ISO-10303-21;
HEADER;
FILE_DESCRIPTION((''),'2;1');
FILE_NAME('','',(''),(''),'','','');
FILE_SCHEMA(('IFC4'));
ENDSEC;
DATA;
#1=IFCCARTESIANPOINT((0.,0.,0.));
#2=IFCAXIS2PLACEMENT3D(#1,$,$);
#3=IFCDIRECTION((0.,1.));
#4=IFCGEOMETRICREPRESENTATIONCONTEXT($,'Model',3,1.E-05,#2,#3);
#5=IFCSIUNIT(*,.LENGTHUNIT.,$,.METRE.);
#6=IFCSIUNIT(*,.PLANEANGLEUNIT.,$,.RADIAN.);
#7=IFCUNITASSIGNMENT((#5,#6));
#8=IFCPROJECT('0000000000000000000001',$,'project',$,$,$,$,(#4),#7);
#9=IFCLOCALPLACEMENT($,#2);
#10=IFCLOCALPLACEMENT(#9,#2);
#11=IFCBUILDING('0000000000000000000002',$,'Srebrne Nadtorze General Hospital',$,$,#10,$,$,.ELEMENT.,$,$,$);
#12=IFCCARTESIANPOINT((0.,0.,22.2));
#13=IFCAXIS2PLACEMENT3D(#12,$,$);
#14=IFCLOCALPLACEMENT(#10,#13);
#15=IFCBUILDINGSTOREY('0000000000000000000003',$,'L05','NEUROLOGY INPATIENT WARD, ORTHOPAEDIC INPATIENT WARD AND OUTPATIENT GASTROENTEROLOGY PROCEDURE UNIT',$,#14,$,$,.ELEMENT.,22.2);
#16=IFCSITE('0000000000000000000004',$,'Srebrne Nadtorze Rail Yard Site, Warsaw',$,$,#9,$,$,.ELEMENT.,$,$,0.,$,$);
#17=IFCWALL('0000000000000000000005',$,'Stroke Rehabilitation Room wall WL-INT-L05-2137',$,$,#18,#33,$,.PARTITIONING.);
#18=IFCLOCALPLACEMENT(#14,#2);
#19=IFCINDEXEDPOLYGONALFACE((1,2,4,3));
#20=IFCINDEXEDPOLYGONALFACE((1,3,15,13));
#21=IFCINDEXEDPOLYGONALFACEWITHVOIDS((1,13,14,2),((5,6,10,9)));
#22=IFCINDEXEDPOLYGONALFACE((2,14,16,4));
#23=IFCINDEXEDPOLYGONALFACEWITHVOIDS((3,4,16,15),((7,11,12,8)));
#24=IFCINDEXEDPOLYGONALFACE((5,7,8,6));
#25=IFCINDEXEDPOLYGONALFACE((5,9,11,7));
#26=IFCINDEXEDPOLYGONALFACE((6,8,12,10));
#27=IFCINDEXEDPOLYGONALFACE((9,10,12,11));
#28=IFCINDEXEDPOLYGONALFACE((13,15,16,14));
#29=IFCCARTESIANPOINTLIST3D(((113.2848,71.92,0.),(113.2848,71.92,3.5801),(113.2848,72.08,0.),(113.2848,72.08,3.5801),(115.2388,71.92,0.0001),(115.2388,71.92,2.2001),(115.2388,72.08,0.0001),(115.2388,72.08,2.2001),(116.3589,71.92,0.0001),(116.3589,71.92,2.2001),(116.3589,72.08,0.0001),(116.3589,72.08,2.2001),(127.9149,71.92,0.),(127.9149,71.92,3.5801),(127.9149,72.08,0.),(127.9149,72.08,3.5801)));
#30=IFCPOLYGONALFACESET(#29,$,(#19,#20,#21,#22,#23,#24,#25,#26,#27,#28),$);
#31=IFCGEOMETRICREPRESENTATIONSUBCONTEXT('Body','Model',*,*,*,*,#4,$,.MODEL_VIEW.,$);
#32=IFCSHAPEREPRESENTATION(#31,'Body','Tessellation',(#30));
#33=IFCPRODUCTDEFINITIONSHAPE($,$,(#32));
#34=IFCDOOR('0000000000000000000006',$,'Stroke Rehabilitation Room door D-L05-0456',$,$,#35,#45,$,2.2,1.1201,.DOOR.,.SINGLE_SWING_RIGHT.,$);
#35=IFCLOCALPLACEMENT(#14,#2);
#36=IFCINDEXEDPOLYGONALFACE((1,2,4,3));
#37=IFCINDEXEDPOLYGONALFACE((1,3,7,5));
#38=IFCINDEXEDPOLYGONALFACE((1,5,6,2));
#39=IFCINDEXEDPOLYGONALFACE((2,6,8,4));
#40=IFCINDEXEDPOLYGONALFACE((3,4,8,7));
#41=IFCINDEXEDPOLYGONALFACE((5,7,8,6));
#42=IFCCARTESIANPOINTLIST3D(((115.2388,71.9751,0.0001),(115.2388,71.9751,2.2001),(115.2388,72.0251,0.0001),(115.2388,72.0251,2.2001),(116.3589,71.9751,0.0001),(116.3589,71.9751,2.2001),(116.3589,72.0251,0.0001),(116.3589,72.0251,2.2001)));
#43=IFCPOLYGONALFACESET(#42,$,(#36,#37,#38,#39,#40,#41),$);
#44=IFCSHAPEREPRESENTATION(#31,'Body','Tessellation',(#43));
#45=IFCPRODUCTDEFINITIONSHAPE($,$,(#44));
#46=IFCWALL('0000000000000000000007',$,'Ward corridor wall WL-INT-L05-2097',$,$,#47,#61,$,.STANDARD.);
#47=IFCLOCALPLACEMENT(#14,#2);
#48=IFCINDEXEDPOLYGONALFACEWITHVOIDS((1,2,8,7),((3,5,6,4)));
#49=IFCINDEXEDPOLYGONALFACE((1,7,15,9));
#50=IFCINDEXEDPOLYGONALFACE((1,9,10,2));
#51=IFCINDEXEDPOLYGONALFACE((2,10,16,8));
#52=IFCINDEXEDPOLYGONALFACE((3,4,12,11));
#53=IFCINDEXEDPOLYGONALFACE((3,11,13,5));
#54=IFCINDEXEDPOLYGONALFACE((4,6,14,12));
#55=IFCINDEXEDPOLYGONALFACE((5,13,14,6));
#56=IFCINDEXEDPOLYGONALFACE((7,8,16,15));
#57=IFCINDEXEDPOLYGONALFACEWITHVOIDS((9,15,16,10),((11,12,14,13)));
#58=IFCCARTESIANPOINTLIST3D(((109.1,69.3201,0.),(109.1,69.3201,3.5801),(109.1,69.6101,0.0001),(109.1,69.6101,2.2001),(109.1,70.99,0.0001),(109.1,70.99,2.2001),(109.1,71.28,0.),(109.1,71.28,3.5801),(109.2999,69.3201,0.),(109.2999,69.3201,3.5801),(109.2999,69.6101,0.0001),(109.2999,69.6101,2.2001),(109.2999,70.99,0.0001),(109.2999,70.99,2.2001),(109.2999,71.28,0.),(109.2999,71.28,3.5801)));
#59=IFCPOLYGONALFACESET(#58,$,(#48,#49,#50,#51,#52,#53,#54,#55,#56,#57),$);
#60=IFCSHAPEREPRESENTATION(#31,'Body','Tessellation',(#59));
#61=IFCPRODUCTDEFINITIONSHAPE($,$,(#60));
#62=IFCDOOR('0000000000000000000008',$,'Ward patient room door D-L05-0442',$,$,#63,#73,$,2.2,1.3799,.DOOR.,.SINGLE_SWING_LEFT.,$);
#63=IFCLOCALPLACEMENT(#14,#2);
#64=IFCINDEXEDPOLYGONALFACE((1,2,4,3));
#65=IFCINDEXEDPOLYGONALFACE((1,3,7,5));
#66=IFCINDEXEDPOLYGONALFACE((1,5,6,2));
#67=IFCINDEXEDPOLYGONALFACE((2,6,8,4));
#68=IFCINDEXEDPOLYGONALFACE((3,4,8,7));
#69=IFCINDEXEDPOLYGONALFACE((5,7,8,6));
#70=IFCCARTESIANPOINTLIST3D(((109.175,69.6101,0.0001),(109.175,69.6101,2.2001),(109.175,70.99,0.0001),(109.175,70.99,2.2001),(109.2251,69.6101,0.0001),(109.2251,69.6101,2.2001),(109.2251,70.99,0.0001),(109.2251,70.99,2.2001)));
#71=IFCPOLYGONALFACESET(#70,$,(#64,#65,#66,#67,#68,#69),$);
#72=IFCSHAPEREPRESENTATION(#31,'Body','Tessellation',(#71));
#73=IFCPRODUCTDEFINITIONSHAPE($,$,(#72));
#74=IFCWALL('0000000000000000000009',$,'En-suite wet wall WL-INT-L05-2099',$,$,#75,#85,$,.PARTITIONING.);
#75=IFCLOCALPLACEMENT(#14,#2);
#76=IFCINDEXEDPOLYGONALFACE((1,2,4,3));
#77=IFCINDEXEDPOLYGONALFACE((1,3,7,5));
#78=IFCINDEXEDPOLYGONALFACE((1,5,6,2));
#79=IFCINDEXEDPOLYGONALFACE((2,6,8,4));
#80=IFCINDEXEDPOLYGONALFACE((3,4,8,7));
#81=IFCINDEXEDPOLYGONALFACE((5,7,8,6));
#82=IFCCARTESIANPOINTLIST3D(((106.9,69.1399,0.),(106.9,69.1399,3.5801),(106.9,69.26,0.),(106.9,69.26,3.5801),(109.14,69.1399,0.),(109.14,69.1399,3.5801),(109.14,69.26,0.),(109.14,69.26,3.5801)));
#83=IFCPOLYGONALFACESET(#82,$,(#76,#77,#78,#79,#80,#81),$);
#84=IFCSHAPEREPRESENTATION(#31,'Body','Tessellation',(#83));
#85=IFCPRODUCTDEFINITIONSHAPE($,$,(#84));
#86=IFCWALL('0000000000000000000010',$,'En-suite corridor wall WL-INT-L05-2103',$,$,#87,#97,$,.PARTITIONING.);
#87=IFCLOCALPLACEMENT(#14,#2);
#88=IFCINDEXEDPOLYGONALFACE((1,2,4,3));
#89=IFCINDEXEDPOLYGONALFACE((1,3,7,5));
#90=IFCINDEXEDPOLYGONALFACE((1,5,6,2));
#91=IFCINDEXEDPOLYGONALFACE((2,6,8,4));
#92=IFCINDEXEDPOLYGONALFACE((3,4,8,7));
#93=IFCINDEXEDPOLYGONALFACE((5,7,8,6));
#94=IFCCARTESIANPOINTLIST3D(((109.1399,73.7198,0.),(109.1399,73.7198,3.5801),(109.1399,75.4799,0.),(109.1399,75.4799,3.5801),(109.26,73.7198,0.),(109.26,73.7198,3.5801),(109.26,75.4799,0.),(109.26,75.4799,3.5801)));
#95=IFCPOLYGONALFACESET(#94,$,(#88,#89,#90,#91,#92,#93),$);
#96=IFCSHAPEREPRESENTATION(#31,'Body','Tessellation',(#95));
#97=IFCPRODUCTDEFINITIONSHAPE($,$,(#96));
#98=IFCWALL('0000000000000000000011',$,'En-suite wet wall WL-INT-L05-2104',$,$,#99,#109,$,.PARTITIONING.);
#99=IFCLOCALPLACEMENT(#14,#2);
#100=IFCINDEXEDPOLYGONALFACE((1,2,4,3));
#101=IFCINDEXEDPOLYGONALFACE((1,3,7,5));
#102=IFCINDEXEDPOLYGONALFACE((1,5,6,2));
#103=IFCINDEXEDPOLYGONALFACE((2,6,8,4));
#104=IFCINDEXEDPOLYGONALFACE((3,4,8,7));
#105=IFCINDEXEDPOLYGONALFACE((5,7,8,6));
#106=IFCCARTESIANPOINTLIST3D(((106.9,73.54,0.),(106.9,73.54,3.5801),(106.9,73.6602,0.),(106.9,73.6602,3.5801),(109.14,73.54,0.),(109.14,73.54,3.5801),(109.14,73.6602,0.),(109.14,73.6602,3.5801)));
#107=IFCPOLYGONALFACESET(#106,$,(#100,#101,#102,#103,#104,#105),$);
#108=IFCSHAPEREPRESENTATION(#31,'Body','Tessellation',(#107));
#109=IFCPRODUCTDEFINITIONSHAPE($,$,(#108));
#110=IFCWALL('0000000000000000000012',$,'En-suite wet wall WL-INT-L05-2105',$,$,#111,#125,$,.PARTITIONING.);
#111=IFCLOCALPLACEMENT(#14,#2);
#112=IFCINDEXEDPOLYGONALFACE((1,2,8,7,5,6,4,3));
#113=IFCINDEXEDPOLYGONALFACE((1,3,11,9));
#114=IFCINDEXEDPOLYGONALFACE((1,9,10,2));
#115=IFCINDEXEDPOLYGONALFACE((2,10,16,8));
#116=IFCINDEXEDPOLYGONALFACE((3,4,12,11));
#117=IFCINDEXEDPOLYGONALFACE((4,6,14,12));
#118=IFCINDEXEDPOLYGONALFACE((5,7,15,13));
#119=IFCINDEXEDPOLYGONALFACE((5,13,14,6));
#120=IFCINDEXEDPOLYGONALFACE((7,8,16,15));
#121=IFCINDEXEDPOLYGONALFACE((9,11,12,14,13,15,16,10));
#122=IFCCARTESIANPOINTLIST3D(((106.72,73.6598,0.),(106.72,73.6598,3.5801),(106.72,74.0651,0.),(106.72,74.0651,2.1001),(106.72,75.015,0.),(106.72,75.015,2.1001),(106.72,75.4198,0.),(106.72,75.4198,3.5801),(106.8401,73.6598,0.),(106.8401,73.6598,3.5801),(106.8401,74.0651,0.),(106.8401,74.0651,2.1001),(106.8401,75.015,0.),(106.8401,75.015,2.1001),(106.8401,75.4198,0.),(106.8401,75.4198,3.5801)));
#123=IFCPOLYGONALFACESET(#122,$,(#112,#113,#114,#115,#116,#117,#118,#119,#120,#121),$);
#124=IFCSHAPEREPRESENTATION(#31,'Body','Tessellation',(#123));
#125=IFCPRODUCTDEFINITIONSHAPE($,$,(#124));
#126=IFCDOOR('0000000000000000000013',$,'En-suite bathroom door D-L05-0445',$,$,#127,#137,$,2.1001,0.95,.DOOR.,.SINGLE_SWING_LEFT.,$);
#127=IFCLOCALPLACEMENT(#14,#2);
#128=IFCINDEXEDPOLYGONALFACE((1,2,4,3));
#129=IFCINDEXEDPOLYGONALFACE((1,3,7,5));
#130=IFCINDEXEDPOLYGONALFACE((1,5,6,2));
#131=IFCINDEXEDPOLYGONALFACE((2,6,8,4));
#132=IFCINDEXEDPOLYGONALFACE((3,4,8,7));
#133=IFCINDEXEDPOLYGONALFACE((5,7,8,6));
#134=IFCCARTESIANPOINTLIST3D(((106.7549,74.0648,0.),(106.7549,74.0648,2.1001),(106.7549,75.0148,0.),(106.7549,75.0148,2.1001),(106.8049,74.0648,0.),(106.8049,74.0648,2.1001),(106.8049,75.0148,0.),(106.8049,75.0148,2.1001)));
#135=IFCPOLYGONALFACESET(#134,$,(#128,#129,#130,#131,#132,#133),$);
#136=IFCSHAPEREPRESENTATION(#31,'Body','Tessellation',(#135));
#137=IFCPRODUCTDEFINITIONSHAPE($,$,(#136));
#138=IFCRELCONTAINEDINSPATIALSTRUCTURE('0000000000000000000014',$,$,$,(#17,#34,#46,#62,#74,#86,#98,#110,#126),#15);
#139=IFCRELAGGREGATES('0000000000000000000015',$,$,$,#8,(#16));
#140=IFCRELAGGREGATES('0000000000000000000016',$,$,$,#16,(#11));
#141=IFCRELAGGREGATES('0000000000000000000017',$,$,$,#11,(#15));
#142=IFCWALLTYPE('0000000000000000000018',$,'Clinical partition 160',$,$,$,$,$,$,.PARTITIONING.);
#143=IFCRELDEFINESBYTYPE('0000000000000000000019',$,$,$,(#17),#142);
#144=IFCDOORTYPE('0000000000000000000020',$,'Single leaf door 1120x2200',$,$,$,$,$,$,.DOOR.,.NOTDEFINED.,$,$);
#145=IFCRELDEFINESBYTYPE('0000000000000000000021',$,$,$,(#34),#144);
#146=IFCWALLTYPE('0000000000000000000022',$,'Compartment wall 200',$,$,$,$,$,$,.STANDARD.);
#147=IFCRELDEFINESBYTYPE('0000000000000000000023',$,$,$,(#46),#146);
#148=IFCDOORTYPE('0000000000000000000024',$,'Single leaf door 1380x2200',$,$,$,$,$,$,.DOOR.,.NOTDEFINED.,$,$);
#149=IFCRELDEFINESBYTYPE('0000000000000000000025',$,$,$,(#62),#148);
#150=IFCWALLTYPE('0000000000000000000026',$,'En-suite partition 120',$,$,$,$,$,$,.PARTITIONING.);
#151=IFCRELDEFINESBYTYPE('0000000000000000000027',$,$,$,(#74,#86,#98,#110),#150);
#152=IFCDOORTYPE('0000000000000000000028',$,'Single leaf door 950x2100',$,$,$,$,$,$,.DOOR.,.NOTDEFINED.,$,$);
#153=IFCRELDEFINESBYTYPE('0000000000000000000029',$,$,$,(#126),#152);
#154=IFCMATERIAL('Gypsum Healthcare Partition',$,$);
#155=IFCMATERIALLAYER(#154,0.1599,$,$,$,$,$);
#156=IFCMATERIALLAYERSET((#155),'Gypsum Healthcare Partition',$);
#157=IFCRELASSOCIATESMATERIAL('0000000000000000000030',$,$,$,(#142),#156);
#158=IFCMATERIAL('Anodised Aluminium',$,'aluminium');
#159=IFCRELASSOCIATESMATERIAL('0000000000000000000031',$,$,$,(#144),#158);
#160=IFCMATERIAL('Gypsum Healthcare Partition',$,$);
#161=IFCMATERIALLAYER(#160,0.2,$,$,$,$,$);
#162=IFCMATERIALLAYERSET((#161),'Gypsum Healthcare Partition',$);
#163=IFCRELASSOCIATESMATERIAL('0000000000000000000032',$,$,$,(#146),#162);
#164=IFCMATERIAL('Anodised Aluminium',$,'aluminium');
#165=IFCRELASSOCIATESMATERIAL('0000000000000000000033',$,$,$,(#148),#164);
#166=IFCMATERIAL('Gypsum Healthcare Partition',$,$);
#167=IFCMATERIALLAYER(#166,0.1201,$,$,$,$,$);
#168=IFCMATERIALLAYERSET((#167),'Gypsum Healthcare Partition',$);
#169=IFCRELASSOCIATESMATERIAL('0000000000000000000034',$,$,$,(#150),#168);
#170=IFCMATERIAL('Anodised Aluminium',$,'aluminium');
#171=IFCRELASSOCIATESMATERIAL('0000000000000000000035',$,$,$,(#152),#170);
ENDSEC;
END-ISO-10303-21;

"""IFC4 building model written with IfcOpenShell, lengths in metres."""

from ifc_helpers import new_model, si_unit, direction, frame, frame_2d, origin, place, context, subcontext, project, spatial, rectangle, extrude, material, layer, layer_set, type_object, element, fill, save


model = new_model("IFC4")

# Units and contexts
model_context = context("Model", 3, precision=1e-05, world=origin(), true_north=direction((0.0, 1.0)))
body_context = subcontext(model_context, "Body", "Model", "MODEL_VIEW")
ifc_project = project(units=[si_unit("LENGTHUNIT", "METRE"), si_unit("PLANEANGLEUNIT", "RADIAN")], contexts=[model_context])

# Site, building, storey
site_placement = place(None, origin())
site = spatial("IfcSite", under=ifc_project, at=site_placement, Name="Srebrne Nadtorze Rail Yard Site, Warsaw", CompositionType="ELEMENT", RefElevation=0.0)
building_placement = place(site_placement, origin())
building = spatial("IfcBuilding", under=site, at=building_placement, Name="Srebrne Nadtorze General Hospital", CompositionType="ELEMENT")
storey_placement = place(building_placement, frame((0.0, 0.0, 22.2)))
storey = spatial("IfcBuildingStorey", under=building, at=storey_placement, Name="L05", Description="NEUROLOGY INPATIENT WARD, ORTHOPAEDIC INPATIENT WARD AND OUTPATIENT GASTROENTEROLOGY PROCEDURE UNIT", CompositionType="ELEMENT", Elevation=22.2)

# Shared definitions
ifc_material_1 = material(Name="Gypsum Healthcare Partition")
ifc_layer_1 = layer(ifc_material_1, 0.1599)
ifc_layer_set_1 = layer_set([ifc_layer_1], Name="Gypsum Healthcare Partition")
wall_type_1 = type_object("IfcWallType", Name="Clinical partition 160", PredefinedType="PARTITIONING", material=ifc_layer_set_1)

# Walls, openings, doors
wall_1_placement = place(storey_placement, frame((113.2849, 72.0, 0.0), z_axis=(0.0, 0.0, 1.0), x_axis=(1.0, 0.0, 0.0)))
wall_1 = element("IfcWall", 1, at=wall_1_placement, inside=storey, type_object=wall_type_1, Name="Stroke Rehabilitation Room wall WL-INT-L05-2137", PredefinedType="PARTITIONING", context=body_context, shape_type="SweptSolid", body=[
    extrude(rectangle(XDim=14.6301, YDim=0.1599, at=frame_2d((7.3149, 0.0))), origin(), (0.0, 0.0, 1.0), 3.5801),
])
opening_1_placement = place(wall_1_placement, frame((1.9539, 0.0, 0.0)))
opening_1 = element("IfcOpeningElement", 2, at=opening_1_placement, cuts=wall_1, PredefinedType="OPENING", context=body_context, shape_type="SweptSolid", body=[
    extrude(rectangle(XDim=1.1201, YDim=2.2, at=frame_2d((0.5601, 1.1001))), frame((0.0, 0.0918, 0.0), z_axis=(0.0, -1.0, 0.0), x_axis=(1.0, 0.0, 0.0)), (0.0, 0.0, 1.0), 0.1838),
])
ifc_material_2 = material(Name="Anodised Aluminium", Category="aluminium")
door_type_1 = type_object("IfcDoorType", Name="Single leaf door 1120x2200", OperationType="NOTDEFINED", PredefinedType="DOOR", material=ifc_material_2)
door_1_placement = place(opening_1_placement, frame((1.1201, 0.0, 0.0), z_axis=(0.0, 0.0, 1.0), x_axis=(-1.0, 0.0, 0.0)))
door_1 = element("IfcDoor", 3, at=door_1_placement, inside=storey, type_object=door_type_1, Name="Stroke Rehabilitation Room door D-L05-0456", OperationType="SINGLE_SWING_RIGHT", OverallHeight=2.2, OverallWidth=1.1201, PredefinedType="DOOR", context=body_context, shape_type="SweptSolid", body=[
    extrude(rectangle(XDim=1.1201, YDim=2.2, at=frame_2d((0.5601, 1.1001))), frame((0.0, 0.0249, 0.0), z_axis=(0.0, -1.0, 0.0), x_axis=(1.0, 0.0, 0.0)), (0.0, 0.0, 1.0), 0.05),
])
fill(opening_1, door_1)
ifc_material_3 = material(Name="Gypsum Healthcare Partition")
ifc_layer_2 = layer(ifc_material_3, 0.2)
ifc_layer_set_2 = layer_set([ifc_layer_2], Name="Gypsum Healthcare Partition")
wall_type_2 = type_object("IfcWallType", Name="Compartment wall 200", PredefinedType="STANDARD", material=ifc_layer_set_2)
wall_2_placement = place(storey_placement, frame((109.2, 69.3201, 0.0), z_axis=(0.0, 0.0, 1.0), x_axis=(0.0, 1.0, 0.0)))
wall_2 = element("IfcWall", 4, at=wall_2_placement, inside=storey, type_object=wall_type_2, Name="Ward corridor wall WL-INT-L05-2097", PredefinedType="STANDARD", context=body_context, shape_type="SweptSolid", body=[
    extrude(rectangle(XDim=1.96, YDim=0.2, at=frame_2d((0.98, 0.0))), origin(), (0.0, 0.0, 1.0), 3.5801),
])
opening_2_placement = place(wall_2_placement, frame((0.29, 0.0, 0.0)))
opening_2 = element("IfcOpeningElement", 5, at=opening_2_placement, cuts=wall_2, PredefinedType="OPENING", context=body_context, shape_type="SweptSolid", body=[
    extrude(rectangle(XDim=1.3799, YDim=2.2, at=frame_2d((0.6899, 1.1001))), frame((0.0, 0.1118, 0.0), z_axis=(0.0, -1.0, 0.0), x_axis=(1.0, 0.0, 0.0)), (0.0, 0.0, 1.0), 0.2239),
])
ifc_material_4 = material(Name="Anodised Aluminium", Category="aluminium")
door_type_2 = type_object("IfcDoorType", Name="Single leaf door 1380x2200", OperationType="NOTDEFINED", PredefinedType="DOOR", material=ifc_material_4)
door_2_placement = place(opening_2_placement, origin())
door_2 = element("IfcDoor", 6, at=door_2_placement, inside=storey, type_object=door_type_2, Name="Ward patient room door D-L05-0442", OperationType="SINGLE_SWING_LEFT", OverallHeight=2.2, OverallWidth=1.3799, PredefinedType="DOOR", context=body_context, shape_type="SweptSolid", body=[
    extrude(rectangle(XDim=1.3799, YDim=2.2, at=frame_2d((0.6899, 1.1001))), frame((0.0, 0.0249, 0.0), z_axis=(0.0, -1.0, 0.0), x_axis=(1.0, 0.0, 0.0)), (0.0, 0.0, 1.0), 0.05),
])
fill(opening_2, door_2)

# Walls
ifc_material_5 = material(Name="Gypsum Healthcare Partition")
ifc_layer_3 = layer(ifc_material_5, 0.1201)
ifc_layer_set_3 = layer_set([ifc_layer_3], Name="Gypsum Healthcare Partition")
wall_type_3 = type_object("IfcWallType", Name="En-suite partition 120", PredefinedType="PARTITIONING", material=ifc_layer_set_3)
wall_3_placement = place(storey_placement, frame((106.8999, 69.2, 0.0), z_axis=(0.0, 0.0, 1.0), x_axis=(1.0, 0.0, 0.0)))
element("IfcWall", 7, at=wall_3_placement, inside=storey, type_object=wall_type_3, Name="En-suite wet wall WL-INT-L05-2099", PredefinedType="PARTITIONING", context=body_context, shape_type="SweptSolid", body=[
    extrude(rectangle(XDim=2.24, YDim=0.1201, at=frame_2d((1.1201, 0.0))), origin(), (0.0, 0.0, 1.0), 3.5801),
])
wall_4_placement = place(storey_placement, frame((109.2, 73.72, 0.0), z_axis=(0.0, 0.0, 1.0), x_axis=(0.0, 1.0, 0.0)))
element("IfcWall", 8, at=wall_4_placement, inside=storey, type_object=wall_type_3, Name="En-suite corridor wall WL-INT-L05-2103", PredefinedType="PARTITIONING", context=body_context, shape_type="SweptSolid", body=[
    extrude(rectangle(XDim=1.76, YDim=0.1201, at=frame_2d((0.8799, 0.0))), origin(), (0.0, 0.0, 1.0), 3.5801),
])
wall_5_placement = place(storey_placement, frame((106.8999, 73.6001, 0.0), z_axis=(0.0, 0.0, 1.0), x_axis=(1.0, 0.0, 0.0)))
element("IfcWall", 9, at=wall_5_placement, inside=storey, type_object=wall_type_3, Name="En-suite wet wall WL-INT-L05-2104", PredefinedType="PARTITIONING", context=body_context, shape_type="SweptSolid", body=[
    extrude(rectangle(XDim=2.24, YDim=0.1201, at=frame_2d((1.1201, 0.0))), origin(), (0.0, 0.0, 1.0), 3.5801),
])

# Wall, opening, door
wall_6_placement = place(storey_placement, frame((106.78, 73.6599, 0.0), z_axis=(0.0, 0.0, 1.0), x_axis=(0.0, 1.0, 0.0)))
wall_6 = element("IfcWall", 10, at=wall_6_placement, inside=storey, type_object=wall_type_3, Name="En-suite wet wall WL-INT-L05-2105", PredefinedType="PARTITIONING", context=body_context, shape_type="SweptSolid", body=[
    extrude(rectangle(XDim=1.76, YDim=0.1201, at=frame_2d((0.8799, 0.0))), origin(), (0.0, 0.0, 1.0), 3.5801),
])
opening_3_placement = place(wall_6_placement, frame((0.405, 0.0, 0.0)))
opening_3 = element("IfcOpeningElement", 11, at=opening_3_placement, cuts=wall_6, PredefinedType="OPENING", context=body_context, shape_type="SweptSolid", body=[
    extrude(rectangle(XDim=0.95, YDim=2.1001, at=frame_2d((0.4751, 1.05))), frame((0.0, 0.072, 0.0), z_axis=(0.0, -1.0, 0.0), x_axis=(1.0, 0.0, 0.0)), (0.0, 0.0, 1.0), 0.144),
])
ifc_material_6 = material(Name="Anodised Aluminium", Category="aluminium")
door_type_3 = type_object("IfcDoorType", Name="Single leaf door 950x2100", OperationType="NOTDEFINED", PredefinedType="DOOR", material=ifc_material_6)
door_3_placement = place(opening_3_placement, frame((0.95, 0.0, 0.0), z_axis=(0.0, 0.0, 1.0), x_axis=(-1.0, 0.0, 0.0)))
door_3 = element("IfcDoor", 12, at=door_3_placement, inside=storey, type_object=door_type_3, Name="En-suite bathroom door D-L05-0445", OperationType="SINGLE_SWING_LEFT", OverallHeight=2.1001, OverallWidth=0.95, PredefinedType="DOOR", context=body_context, shape_type="SweptSolid", body=[
    extrude(rectangle(XDim=0.95, YDim=2.1001, at=frame_2d((0.4751, 1.05))), frame((0.0, 0.0249, 0.0), z_axis=(0.0, -1.0, 0.0), x_axis=(1.0, 0.0, 0.0)), (0.0, 0.0, 1.0), 0.05),
])
fill(opening_3, door_3)

save(model, "model.ifc")
